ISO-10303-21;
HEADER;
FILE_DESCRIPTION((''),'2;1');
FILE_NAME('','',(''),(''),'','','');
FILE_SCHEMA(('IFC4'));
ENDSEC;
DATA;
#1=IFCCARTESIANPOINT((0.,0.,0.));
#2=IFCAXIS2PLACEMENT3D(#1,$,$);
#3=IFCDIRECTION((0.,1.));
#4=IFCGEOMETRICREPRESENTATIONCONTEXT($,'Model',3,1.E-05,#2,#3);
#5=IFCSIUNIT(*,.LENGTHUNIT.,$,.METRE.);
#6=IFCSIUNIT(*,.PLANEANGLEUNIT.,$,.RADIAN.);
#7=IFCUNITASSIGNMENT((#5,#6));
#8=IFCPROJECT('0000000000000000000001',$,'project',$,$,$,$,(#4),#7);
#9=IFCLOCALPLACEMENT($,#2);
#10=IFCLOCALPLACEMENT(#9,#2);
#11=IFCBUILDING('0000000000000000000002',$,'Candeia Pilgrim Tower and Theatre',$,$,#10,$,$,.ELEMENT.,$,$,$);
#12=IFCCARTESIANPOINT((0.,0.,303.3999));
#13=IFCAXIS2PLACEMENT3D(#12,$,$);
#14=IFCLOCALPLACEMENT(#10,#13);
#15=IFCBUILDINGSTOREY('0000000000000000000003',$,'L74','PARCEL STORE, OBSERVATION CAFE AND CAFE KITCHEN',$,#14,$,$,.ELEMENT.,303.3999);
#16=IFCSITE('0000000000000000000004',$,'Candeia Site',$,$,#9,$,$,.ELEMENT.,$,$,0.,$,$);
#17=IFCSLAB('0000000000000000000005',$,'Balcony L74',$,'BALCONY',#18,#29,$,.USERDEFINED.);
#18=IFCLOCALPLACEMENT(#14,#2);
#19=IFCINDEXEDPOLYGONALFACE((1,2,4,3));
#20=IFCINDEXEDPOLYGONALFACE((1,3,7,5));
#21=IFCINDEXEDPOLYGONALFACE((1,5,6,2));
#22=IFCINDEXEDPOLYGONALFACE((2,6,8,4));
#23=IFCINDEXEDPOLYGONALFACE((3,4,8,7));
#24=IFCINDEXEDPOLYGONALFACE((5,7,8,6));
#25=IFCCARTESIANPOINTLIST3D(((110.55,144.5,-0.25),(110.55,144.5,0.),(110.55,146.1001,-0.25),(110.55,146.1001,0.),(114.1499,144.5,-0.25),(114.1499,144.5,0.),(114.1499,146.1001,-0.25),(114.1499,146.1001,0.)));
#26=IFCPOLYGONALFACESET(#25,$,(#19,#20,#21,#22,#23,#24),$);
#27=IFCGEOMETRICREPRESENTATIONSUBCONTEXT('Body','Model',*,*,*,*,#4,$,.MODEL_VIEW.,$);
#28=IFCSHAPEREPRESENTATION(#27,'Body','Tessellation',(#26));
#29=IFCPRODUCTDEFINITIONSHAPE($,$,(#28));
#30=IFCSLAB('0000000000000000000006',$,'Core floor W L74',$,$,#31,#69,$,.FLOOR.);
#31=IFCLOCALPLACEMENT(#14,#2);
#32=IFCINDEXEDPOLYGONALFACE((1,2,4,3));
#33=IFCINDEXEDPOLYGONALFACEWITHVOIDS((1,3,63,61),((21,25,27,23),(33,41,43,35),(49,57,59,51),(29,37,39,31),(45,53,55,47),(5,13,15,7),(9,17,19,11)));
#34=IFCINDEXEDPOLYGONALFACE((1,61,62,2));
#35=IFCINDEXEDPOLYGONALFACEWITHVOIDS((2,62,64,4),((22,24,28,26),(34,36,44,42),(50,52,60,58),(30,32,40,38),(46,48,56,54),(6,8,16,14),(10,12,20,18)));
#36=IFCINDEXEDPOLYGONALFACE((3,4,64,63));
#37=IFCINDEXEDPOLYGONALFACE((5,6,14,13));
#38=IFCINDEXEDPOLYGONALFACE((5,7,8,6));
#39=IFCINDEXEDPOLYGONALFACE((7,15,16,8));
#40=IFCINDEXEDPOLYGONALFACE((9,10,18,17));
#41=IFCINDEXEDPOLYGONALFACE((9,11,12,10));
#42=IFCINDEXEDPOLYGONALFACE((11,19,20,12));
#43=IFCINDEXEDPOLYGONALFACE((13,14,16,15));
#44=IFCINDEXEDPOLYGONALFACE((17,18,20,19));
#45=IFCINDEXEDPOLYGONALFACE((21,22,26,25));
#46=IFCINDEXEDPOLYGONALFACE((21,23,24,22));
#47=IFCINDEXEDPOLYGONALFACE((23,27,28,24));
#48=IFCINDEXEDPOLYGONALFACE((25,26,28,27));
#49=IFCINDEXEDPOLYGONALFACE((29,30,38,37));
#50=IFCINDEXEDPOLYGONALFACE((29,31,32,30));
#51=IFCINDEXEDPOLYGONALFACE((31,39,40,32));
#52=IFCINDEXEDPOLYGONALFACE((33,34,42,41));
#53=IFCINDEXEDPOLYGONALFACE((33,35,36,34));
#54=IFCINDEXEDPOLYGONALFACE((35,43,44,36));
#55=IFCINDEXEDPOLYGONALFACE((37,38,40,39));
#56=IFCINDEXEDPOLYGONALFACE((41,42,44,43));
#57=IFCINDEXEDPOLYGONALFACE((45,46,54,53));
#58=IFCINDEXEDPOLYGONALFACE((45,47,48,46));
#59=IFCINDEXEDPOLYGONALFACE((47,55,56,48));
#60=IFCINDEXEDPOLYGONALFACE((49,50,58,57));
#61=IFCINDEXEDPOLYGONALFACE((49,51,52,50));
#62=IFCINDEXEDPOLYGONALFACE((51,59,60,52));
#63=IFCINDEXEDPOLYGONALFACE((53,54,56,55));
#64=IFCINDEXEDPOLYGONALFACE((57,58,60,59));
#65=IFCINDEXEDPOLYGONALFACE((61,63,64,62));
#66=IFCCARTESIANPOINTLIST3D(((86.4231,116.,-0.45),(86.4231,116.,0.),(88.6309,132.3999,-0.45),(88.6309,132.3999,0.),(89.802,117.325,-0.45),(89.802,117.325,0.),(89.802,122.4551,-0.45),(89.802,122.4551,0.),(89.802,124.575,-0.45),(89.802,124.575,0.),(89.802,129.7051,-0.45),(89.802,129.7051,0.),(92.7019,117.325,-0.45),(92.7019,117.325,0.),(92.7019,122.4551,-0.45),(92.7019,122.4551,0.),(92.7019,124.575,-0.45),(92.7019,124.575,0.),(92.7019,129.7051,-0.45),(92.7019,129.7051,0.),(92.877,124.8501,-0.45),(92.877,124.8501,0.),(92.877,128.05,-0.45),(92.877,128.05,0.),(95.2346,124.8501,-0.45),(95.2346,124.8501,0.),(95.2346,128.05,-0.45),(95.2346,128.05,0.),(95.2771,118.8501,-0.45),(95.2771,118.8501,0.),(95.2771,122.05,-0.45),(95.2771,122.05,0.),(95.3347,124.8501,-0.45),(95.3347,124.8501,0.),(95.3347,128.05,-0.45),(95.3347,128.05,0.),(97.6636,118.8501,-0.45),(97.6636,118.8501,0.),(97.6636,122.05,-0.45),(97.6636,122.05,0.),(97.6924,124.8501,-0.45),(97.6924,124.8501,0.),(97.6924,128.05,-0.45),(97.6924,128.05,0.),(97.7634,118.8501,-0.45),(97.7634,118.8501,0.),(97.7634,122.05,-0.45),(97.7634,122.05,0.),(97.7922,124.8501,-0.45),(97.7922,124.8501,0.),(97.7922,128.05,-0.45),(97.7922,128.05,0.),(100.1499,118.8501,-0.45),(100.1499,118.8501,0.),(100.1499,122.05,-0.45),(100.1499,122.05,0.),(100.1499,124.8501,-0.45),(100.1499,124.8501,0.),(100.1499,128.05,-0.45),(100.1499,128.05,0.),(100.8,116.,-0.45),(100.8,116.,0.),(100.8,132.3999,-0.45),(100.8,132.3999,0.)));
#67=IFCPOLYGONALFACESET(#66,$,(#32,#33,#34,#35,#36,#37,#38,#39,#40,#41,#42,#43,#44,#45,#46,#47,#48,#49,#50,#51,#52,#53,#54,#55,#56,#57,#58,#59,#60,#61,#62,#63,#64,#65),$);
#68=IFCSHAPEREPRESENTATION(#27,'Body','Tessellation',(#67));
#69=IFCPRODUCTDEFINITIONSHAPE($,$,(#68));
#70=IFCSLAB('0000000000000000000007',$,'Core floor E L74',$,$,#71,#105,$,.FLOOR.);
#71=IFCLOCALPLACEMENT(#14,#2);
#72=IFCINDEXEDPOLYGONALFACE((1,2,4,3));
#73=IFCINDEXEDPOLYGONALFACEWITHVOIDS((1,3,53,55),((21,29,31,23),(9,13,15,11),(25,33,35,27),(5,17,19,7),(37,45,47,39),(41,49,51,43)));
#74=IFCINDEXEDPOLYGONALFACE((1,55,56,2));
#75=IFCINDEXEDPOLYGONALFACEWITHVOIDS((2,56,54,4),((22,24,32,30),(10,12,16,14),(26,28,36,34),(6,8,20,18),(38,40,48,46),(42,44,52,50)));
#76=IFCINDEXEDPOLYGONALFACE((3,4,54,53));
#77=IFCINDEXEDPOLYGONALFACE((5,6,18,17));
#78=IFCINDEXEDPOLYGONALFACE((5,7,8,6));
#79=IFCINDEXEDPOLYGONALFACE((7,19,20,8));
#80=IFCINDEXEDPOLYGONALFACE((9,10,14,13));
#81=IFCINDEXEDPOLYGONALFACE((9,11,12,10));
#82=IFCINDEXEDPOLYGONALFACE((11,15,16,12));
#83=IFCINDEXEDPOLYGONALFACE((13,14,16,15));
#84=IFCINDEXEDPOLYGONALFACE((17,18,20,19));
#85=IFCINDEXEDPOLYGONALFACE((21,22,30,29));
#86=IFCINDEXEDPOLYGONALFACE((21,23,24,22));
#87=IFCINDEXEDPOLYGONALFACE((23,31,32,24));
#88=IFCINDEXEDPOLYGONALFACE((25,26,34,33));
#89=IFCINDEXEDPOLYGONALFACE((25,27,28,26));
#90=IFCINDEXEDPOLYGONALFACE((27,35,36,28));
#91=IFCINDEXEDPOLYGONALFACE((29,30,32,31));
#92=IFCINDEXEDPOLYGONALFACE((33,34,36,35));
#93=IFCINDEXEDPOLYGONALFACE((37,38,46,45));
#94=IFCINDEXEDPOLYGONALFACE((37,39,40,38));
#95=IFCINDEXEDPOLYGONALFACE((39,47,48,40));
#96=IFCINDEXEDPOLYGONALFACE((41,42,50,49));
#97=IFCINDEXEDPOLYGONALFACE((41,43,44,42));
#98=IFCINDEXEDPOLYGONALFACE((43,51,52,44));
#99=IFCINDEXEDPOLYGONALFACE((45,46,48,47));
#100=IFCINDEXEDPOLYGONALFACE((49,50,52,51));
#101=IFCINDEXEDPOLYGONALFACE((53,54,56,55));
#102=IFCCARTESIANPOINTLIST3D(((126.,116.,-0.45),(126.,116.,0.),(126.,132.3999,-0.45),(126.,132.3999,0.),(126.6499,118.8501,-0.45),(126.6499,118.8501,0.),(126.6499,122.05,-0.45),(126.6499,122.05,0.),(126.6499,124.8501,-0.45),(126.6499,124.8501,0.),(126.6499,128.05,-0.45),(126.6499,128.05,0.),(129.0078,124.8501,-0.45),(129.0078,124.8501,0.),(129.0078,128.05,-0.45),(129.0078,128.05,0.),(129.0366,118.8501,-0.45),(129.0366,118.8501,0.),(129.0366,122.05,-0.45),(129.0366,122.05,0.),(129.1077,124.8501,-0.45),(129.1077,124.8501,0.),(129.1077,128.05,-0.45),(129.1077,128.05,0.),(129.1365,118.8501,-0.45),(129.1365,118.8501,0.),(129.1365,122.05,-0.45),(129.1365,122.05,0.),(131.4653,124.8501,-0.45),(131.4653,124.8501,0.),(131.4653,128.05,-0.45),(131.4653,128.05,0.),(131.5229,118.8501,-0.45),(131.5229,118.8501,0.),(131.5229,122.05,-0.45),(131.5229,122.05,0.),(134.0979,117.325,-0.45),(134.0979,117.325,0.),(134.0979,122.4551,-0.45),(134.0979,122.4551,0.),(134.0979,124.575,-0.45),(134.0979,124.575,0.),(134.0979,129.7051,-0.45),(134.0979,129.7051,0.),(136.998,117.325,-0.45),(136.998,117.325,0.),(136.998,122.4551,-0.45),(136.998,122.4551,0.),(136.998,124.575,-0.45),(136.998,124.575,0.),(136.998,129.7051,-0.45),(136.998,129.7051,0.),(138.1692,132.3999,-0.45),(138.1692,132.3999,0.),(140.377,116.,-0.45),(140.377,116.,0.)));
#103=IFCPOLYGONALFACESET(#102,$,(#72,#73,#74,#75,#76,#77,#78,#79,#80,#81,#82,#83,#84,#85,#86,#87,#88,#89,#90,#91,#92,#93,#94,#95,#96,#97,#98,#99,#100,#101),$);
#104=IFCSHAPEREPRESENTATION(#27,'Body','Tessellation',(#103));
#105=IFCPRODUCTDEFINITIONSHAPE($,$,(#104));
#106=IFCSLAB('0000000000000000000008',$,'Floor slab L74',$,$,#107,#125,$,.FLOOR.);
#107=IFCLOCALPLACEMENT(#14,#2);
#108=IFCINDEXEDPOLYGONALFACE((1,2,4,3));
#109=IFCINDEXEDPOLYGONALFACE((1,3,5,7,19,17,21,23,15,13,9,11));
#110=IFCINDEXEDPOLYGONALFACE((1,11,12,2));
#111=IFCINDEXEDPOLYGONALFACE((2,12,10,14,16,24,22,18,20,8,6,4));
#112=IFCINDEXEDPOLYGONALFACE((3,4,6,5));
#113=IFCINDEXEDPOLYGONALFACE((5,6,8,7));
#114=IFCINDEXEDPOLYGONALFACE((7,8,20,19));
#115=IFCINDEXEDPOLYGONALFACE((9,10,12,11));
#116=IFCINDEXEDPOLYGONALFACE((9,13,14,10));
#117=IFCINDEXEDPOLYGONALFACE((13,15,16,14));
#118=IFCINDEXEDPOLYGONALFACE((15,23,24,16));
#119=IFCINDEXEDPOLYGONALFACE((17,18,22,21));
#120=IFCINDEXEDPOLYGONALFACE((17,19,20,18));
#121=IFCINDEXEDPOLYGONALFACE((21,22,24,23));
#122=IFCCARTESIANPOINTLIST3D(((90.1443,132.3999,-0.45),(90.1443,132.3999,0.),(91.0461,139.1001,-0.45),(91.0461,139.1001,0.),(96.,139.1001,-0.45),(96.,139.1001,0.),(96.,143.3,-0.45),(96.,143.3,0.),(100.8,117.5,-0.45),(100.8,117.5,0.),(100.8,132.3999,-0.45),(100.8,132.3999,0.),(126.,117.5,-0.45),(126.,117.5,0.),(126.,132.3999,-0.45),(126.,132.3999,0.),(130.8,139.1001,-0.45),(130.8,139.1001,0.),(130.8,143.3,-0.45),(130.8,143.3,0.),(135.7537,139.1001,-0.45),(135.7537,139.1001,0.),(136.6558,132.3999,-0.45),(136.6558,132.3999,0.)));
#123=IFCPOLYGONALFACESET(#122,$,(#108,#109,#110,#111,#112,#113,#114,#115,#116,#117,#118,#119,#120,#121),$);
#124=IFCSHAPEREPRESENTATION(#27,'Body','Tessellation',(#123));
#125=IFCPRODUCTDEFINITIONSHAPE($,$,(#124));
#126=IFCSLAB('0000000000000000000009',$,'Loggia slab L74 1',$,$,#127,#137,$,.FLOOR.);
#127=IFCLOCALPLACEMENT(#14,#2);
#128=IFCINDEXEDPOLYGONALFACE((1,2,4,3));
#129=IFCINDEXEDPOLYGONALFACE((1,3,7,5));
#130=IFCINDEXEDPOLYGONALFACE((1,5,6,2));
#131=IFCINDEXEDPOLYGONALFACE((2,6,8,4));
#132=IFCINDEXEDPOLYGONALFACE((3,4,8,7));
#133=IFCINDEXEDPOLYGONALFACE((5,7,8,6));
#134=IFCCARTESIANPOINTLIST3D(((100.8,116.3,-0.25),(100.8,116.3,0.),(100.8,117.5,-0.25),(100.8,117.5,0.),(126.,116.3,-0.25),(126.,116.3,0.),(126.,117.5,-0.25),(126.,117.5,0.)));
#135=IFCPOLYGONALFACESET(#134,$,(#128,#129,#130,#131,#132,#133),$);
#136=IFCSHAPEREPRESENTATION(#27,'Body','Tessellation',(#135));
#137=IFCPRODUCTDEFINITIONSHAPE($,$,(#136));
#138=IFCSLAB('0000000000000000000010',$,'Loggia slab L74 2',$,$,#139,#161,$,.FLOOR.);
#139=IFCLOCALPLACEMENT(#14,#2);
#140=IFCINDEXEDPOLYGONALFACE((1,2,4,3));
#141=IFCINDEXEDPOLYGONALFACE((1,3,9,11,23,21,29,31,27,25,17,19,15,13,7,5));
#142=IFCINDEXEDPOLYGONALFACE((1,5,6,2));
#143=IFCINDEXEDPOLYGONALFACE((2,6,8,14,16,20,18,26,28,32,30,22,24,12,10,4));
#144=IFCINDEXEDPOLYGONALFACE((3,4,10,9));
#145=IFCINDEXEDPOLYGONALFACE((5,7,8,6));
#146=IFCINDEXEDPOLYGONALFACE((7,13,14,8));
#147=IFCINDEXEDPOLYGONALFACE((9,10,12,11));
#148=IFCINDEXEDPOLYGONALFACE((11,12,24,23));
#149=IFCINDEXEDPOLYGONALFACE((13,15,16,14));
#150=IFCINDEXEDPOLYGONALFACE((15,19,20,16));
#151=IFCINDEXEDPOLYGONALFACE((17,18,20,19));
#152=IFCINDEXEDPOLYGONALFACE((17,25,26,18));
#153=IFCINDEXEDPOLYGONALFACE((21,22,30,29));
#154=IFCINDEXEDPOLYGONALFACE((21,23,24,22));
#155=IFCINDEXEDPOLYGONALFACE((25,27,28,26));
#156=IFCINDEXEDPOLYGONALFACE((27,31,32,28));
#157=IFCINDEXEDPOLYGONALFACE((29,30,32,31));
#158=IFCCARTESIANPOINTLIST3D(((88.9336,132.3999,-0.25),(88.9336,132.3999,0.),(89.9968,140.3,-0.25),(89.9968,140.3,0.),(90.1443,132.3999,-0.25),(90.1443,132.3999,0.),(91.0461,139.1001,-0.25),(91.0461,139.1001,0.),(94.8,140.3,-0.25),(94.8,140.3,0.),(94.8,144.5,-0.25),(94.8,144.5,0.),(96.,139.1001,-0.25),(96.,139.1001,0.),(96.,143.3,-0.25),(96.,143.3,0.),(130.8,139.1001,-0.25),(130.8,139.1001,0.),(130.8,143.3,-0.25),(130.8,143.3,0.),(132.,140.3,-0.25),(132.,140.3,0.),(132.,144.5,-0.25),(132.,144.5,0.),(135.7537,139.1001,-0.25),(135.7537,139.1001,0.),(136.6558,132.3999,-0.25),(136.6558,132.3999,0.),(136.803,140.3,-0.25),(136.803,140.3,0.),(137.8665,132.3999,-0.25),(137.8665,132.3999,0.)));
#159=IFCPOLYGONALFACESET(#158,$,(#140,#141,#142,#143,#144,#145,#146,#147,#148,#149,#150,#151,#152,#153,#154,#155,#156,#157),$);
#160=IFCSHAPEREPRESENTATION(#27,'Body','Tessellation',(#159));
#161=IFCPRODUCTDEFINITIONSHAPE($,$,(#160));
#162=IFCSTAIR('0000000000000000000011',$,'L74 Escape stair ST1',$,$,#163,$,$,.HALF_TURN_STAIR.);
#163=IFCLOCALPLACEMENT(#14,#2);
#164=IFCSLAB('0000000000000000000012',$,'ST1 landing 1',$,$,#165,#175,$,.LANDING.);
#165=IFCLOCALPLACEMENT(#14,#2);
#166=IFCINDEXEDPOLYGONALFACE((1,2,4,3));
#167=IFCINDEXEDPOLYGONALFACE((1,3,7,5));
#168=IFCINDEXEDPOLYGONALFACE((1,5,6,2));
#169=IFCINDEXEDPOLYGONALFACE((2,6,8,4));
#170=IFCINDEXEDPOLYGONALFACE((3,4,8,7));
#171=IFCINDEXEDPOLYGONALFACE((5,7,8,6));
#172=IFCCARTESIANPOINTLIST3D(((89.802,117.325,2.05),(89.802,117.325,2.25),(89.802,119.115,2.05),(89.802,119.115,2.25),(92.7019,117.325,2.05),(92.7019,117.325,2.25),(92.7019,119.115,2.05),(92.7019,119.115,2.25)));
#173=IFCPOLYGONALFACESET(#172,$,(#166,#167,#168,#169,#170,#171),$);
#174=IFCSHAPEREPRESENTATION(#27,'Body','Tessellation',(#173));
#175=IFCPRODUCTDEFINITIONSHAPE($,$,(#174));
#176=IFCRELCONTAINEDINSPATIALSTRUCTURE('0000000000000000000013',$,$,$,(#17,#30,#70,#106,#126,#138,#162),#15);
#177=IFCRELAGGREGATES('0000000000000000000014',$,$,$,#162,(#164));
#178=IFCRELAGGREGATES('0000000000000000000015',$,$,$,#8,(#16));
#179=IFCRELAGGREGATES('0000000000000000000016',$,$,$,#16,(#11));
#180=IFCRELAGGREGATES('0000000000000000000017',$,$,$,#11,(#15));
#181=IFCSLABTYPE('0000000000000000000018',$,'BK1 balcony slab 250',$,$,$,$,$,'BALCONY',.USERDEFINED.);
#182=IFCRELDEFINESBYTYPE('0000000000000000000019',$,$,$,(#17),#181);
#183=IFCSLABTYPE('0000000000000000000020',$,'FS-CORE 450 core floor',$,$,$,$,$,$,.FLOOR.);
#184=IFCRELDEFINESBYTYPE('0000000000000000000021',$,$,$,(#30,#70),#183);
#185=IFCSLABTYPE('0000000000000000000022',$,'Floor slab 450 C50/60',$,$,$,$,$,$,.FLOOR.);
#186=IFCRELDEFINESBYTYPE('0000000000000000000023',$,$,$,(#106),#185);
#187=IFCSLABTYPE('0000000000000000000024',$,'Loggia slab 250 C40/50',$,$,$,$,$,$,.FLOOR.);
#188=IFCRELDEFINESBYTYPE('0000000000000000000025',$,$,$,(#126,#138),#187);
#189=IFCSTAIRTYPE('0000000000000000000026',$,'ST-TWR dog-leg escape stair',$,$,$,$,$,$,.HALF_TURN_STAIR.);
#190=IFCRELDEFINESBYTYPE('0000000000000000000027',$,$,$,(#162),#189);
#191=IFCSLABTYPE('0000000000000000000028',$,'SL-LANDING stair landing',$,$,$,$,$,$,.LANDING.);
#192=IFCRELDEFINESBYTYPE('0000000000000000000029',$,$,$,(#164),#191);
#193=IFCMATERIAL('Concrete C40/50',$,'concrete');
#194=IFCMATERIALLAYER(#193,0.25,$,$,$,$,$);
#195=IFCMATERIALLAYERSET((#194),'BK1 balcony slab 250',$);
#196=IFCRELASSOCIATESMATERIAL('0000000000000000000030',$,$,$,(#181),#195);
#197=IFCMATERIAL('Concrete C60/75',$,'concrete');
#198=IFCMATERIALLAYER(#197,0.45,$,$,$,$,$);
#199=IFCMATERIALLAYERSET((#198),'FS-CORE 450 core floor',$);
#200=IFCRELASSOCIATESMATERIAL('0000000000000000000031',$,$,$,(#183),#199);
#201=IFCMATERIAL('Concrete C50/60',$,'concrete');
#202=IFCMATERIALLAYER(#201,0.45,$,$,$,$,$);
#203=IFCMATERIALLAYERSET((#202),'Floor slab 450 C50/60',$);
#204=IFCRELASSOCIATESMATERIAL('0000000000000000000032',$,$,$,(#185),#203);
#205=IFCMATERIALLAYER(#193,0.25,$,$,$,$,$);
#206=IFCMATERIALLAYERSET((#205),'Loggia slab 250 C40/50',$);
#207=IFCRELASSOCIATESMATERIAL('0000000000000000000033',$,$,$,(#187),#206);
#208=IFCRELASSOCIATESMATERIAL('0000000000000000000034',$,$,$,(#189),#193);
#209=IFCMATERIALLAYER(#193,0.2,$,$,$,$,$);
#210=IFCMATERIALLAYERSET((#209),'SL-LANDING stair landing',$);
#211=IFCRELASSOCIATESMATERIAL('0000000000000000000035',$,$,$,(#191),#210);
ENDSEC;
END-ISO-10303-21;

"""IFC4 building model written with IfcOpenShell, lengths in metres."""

from ifc_helpers import new_model, si_unit, direction, frame, origin, place, context, subcontext, project, spatial, polyline, outline, extrude, material, layer, layer_set, type_object, element, aggregate, save


model = new_model("IFC4")

# Units and contexts
model_context = context("Model", 3, precision=1e-05, world=origin(), true_north=direction((0.0, 1.0)))
body_context = subcontext(model_context, "Body", "Model", "MODEL_VIEW")
ifc_project = project(units=[si_unit("LENGTHUNIT", "METRE"), si_unit("PLANEANGLEUNIT", "RADIAN")], contexts=[model_context])

# Site, building, storey
site_placement = place(None, origin())
site = spatial("IfcSite", under=ifc_project, at=site_placement, Name="Candeia Site", CompositionType="ELEMENT", RefElevation=0.0)
building_placement = place(site_placement, origin())
building = spatial("IfcBuilding", under=site, at=building_placement, Name="Candeia Pilgrim Tower and Theatre", CompositionType="ELEMENT")
storey_placement = place(building_placement, frame((0.0, 0.0, 303.3999)))
storey = spatial("IfcBuildingStorey", under=building, at=storey_placement, Name="L74", Description="PARCEL STORE, OBSERVATION CAFE AND CAFE KITCHEN", CompositionType="ELEMENT", Elevation=303.3999)

# Slabs
ifc_material_1 = material(Name="Concrete C40/50", Category="concrete")
ifc_layer_1 = layer(ifc_material_1, 0.25)
ifc_layer_set_1 = layer_set([ifc_layer_1], Name="BK1 balcony slab 250")
slab_type_1 = type_object("IfcSlabType", Name="BK1 balcony slab 250", ElementType="BALCONY", PredefinedType="USERDEFINED", material=ifc_layer_set_1)
slab_1_placement = place(storey_placement, frame((0.0, 0.0, -0.25)))
element("IfcSlab", 1, at=slab_1_placement, inside=storey, type_object=slab_type_1, Name="Balcony L74", ObjectType="BALCONY", PredefinedType="USERDEFINED", context=body_context, shape_type="SweptSolid", body=[
    extrude(outline(polyline([(110.55, 144.5), (114.1499, 144.5), (114.1499, 146.1001), (110.55, 146.1001), (110.55, 144.5)])), origin(), (0.0, 0.0, 1.0), 0.25),
])
ifc_material_2 = material(Name="Concrete C60/75", Category="concrete")
ifc_layer_2 = layer(ifc_material_2, 0.45)
ifc_layer_set_2 = layer_set([ifc_layer_2], Name="FS-CORE 450 core floor")
slab_type_2 = type_object("IfcSlabType", Name="FS-CORE 450 core floor", PredefinedType="FLOOR", material=ifc_layer_set_2)
slab_2_placement = place(storey_placement, frame((0.0, 0.0, -0.45)))
element("IfcSlab", 2, at=slab_2_placement, inside=storey, type_object=slab_type_2, Name="Core floor W L74", PredefinedType="FLOOR", context=body_context, shape_type="SweptSolid", body=[
    extrude(outline(polyline([(100.8, 132.3999), (100.8, 116.0), (86.4231, 116.0), (88.6309, 132.3999), (100.8, 132.3999)]), holes=[polyline([(97.7634, 122.05), (97.7634, 118.8501), (100.1499, 118.8501), (100.1499, 122.05), (97.7634, 122.05)]), polyline([(97.7922, 128.05), (97.7922, 124.8501), (100.1499, 124.8501), (100.1499, 128.05), (97.7922, 128.05)]), polyline([(95.3347, 128.05), (95.3347, 124.8501), (97.6924, 124.8501), (97.6924, 128.05), (95.3347, 128.05)]), polyline([(95.2771, 122.05), (95.2771, 118.8501), (97.6636, 118.8501), (97.6636, 122.05), (95.2771, 122.05)]), polyline([(92.877, 128.05), (92.877, 124.8501), (95.2346, 124.8501), (95.2346, 128.05), (92.877, 128.05)]), polyline([(89.802, 117.325), (92.7019, 117.325), (92.7019, 122.4551), (89.802, 122.4551), (89.802, 117.325)]), polyline([(89.802, 129.7051), (89.802, 124.575), (92.7019, 124.575), (92.7019, 129.7051), (89.802, 129.7051)])]), origin(), (0.0, 0.0, 1.0), 0.45),
])
slab_3_placement = place(storey_placement, frame((0.0, 0.0, -0.45)))
element("IfcSlab", 3, at=slab_3_placement, inside=storey, type_object=slab_type_2, Name="Core floor E L74", PredefinedType="FLOOR", context=body_context, shape_type="SweptSolid", body=[
    extrude(outline(polyline([(138.1692, 132.3999), (140.377, 116.0), (126.0, 116.0), (126.0, 132.3999), (138.1692, 132.3999)]), holes=[polyline([(134.0979, 117.325), (136.998, 117.325), (136.998, 122.4551), (134.0979, 122.4551), (134.0979, 117.325)]), polyline([(134.0979, 129.7051), (134.0979, 124.575), (136.998, 124.575), (136.998, 129.7051), (134.0979, 129.7051)]), polyline([(131.5229, 122.05), (129.1365, 122.05), (129.1365, 118.8501), (131.5229, 118.8501), (131.5229, 122.05)]), polyline([(131.4653, 128.05), (129.1077, 128.05), (129.1077, 124.8501), (131.4653, 124.8501), (131.4653, 128.05)]), polyline([(129.0366, 122.05), (126.6499, 122.05), (126.6499, 118.8501), (129.0366, 118.8501), (129.0366, 122.05)]), polyline([(126.6499, 128.05), (126.6499, 124.8501), (129.0078, 124.8501), (129.0078, 128.05), (126.6499, 128.05)])]), origin(), (0.0, 0.0, 1.0), 0.45),
])
ifc_material_3 = material(Name="Concrete C50/60", Category="concrete")
ifc_layer_3 = layer(ifc_material_3, 0.45)
ifc_layer_set_3 = layer_set([ifc_layer_3], Name="Floor slab 450 C50/60")
slab_type_3 = type_object("IfcSlabType", Name="Floor slab 450 C50/60", PredefinedType="FLOOR", material=ifc_layer_set_3)
slab_4_placement = place(storey_placement, frame((0.0, 0.0, -0.45)))
element("IfcSlab", 4, at=slab_4_placement, inside=storey, type_object=slab_type_3, Name="Floor slab L74", PredefinedType="FLOOR", context=body_context, shape_type="SweptSolid", body=[
    extrude(outline(polyline([(96.0, 139.1001), (96.0, 143.3), (130.8, 143.3), (130.8, 139.1001), (135.7537, 139.1001), (136.6558, 132.3999), (126.0, 132.3999), (126.0, 117.5), (100.8, 117.5), (100.8, 132.3999), (90.1443, 132.3999), (91.0461, 139.1001), (96.0, 139.1001)])), origin(), (0.0, 0.0, 1.0), 0.45),
])
ifc_layer_4 = layer(ifc_material_1, 0.25)
ifc_layer_set_4 = layer_set([ifc_layer_4], Name="Loggia slab 250 C40/50")
slab_type_4 = type_object("IfcSlabType", Name="Loggia slab 250 C40/50", PredefinedType="FLOOR", material=ifc_layer_set_4)
slab_5_placement = place(storey_placement, frame((0.0, 0.0, -0.25)))
element("IfcSlab", 5, at=slab_5_placement, inside=storey, type_object=slab_type_4, Name="Loggia slab L74 1", PredefinedType="FLOOR", context=body_context, shape_type="SweptSolid", body=[
    extrude(outline(polyline([(100.8, 117.5), (126.0, 117.5), (126.0, 116.3), (100.8, 116.3), (100.8, 117.5)])), origin(), (0.0, 0.0, 1.0), 0.25),
])
slab_6_placement = place(storey_placement, frame((0.0, 0.0, -0.25)))
element("IfcSlab", 6, at=slab_6_placement, inside=storey, type_object=slab_type_4, Name="Loggia slab L74 2", PredefinedType="FLOOR", context=body_context, shape_type="SweptSolid", body=[
    extrude(outline(polyline([(136.6558, 132.3999), (135.7537, 139.1001), (130.8, 139.1001), (130.8, 143.3), (96.0, 143.3), (96.0, 139.1001), (91.0461, 139.1001), (90.1443, 132.3999), (88.9336, 132.3999), (89.9968, 140.3), (94.8, 140.3), (94.8, 144.5), (132.0, 144.5), (132.0, 140.3), (136.803, 140.3), (137.8665, 132.3999), (136.6558, 132.3999)])), origin(), (0.0, 0.0, 1.0), 0.25),
])

# Stair, slab
stair_type = type_object("IfcStairType", Name="ST-TWR dog-leg escape stair", PredefinedType="HALF_TURN_STAIR", material=ifc_material_1)
stair_1_placement = place(storey_placement, origin())
stair_1 = element("IfcStair", 7, at=stair_1_placement, inside=storey, type_object=stair_type, Name="L74 Escape stair ST1", PredefinedType="HALF_TURN_STAIR")
ifc_layer_5 = layer(ifc_material_1, 0.2)
ifc_layer_set_5 = layer_set([ifc_layer_5], Name="SL-LANDING stair landing")
slab_type_5 = type_object("IfcSlabType", Name="SL-LANDING stair landing", PredefinedType="LANDING", material=ifc_layer_set_5)
slab_7_placement = place(storey_placement, frame((0.0, 0.0, 2.05)))
slab_7 = element("IfcSlab", 8, at=slab_7_placement, type_object=slab_type_5, Name="ST1 landing 1", PredefinedType="LANDING", context=body_context, shape_type="SweptSolid", body=[
    extrude(outline(polyline([(89.802, 119.115), (89.802, 117.325), (92.7019, 117.325), (92.7019, 119.115), (89.802, 119.115)])), origin(), (0.0, 0.0, 1.0), 0.2),
])
aggregate(stair_1, [slab_7])

save(model, "model.ifc")
